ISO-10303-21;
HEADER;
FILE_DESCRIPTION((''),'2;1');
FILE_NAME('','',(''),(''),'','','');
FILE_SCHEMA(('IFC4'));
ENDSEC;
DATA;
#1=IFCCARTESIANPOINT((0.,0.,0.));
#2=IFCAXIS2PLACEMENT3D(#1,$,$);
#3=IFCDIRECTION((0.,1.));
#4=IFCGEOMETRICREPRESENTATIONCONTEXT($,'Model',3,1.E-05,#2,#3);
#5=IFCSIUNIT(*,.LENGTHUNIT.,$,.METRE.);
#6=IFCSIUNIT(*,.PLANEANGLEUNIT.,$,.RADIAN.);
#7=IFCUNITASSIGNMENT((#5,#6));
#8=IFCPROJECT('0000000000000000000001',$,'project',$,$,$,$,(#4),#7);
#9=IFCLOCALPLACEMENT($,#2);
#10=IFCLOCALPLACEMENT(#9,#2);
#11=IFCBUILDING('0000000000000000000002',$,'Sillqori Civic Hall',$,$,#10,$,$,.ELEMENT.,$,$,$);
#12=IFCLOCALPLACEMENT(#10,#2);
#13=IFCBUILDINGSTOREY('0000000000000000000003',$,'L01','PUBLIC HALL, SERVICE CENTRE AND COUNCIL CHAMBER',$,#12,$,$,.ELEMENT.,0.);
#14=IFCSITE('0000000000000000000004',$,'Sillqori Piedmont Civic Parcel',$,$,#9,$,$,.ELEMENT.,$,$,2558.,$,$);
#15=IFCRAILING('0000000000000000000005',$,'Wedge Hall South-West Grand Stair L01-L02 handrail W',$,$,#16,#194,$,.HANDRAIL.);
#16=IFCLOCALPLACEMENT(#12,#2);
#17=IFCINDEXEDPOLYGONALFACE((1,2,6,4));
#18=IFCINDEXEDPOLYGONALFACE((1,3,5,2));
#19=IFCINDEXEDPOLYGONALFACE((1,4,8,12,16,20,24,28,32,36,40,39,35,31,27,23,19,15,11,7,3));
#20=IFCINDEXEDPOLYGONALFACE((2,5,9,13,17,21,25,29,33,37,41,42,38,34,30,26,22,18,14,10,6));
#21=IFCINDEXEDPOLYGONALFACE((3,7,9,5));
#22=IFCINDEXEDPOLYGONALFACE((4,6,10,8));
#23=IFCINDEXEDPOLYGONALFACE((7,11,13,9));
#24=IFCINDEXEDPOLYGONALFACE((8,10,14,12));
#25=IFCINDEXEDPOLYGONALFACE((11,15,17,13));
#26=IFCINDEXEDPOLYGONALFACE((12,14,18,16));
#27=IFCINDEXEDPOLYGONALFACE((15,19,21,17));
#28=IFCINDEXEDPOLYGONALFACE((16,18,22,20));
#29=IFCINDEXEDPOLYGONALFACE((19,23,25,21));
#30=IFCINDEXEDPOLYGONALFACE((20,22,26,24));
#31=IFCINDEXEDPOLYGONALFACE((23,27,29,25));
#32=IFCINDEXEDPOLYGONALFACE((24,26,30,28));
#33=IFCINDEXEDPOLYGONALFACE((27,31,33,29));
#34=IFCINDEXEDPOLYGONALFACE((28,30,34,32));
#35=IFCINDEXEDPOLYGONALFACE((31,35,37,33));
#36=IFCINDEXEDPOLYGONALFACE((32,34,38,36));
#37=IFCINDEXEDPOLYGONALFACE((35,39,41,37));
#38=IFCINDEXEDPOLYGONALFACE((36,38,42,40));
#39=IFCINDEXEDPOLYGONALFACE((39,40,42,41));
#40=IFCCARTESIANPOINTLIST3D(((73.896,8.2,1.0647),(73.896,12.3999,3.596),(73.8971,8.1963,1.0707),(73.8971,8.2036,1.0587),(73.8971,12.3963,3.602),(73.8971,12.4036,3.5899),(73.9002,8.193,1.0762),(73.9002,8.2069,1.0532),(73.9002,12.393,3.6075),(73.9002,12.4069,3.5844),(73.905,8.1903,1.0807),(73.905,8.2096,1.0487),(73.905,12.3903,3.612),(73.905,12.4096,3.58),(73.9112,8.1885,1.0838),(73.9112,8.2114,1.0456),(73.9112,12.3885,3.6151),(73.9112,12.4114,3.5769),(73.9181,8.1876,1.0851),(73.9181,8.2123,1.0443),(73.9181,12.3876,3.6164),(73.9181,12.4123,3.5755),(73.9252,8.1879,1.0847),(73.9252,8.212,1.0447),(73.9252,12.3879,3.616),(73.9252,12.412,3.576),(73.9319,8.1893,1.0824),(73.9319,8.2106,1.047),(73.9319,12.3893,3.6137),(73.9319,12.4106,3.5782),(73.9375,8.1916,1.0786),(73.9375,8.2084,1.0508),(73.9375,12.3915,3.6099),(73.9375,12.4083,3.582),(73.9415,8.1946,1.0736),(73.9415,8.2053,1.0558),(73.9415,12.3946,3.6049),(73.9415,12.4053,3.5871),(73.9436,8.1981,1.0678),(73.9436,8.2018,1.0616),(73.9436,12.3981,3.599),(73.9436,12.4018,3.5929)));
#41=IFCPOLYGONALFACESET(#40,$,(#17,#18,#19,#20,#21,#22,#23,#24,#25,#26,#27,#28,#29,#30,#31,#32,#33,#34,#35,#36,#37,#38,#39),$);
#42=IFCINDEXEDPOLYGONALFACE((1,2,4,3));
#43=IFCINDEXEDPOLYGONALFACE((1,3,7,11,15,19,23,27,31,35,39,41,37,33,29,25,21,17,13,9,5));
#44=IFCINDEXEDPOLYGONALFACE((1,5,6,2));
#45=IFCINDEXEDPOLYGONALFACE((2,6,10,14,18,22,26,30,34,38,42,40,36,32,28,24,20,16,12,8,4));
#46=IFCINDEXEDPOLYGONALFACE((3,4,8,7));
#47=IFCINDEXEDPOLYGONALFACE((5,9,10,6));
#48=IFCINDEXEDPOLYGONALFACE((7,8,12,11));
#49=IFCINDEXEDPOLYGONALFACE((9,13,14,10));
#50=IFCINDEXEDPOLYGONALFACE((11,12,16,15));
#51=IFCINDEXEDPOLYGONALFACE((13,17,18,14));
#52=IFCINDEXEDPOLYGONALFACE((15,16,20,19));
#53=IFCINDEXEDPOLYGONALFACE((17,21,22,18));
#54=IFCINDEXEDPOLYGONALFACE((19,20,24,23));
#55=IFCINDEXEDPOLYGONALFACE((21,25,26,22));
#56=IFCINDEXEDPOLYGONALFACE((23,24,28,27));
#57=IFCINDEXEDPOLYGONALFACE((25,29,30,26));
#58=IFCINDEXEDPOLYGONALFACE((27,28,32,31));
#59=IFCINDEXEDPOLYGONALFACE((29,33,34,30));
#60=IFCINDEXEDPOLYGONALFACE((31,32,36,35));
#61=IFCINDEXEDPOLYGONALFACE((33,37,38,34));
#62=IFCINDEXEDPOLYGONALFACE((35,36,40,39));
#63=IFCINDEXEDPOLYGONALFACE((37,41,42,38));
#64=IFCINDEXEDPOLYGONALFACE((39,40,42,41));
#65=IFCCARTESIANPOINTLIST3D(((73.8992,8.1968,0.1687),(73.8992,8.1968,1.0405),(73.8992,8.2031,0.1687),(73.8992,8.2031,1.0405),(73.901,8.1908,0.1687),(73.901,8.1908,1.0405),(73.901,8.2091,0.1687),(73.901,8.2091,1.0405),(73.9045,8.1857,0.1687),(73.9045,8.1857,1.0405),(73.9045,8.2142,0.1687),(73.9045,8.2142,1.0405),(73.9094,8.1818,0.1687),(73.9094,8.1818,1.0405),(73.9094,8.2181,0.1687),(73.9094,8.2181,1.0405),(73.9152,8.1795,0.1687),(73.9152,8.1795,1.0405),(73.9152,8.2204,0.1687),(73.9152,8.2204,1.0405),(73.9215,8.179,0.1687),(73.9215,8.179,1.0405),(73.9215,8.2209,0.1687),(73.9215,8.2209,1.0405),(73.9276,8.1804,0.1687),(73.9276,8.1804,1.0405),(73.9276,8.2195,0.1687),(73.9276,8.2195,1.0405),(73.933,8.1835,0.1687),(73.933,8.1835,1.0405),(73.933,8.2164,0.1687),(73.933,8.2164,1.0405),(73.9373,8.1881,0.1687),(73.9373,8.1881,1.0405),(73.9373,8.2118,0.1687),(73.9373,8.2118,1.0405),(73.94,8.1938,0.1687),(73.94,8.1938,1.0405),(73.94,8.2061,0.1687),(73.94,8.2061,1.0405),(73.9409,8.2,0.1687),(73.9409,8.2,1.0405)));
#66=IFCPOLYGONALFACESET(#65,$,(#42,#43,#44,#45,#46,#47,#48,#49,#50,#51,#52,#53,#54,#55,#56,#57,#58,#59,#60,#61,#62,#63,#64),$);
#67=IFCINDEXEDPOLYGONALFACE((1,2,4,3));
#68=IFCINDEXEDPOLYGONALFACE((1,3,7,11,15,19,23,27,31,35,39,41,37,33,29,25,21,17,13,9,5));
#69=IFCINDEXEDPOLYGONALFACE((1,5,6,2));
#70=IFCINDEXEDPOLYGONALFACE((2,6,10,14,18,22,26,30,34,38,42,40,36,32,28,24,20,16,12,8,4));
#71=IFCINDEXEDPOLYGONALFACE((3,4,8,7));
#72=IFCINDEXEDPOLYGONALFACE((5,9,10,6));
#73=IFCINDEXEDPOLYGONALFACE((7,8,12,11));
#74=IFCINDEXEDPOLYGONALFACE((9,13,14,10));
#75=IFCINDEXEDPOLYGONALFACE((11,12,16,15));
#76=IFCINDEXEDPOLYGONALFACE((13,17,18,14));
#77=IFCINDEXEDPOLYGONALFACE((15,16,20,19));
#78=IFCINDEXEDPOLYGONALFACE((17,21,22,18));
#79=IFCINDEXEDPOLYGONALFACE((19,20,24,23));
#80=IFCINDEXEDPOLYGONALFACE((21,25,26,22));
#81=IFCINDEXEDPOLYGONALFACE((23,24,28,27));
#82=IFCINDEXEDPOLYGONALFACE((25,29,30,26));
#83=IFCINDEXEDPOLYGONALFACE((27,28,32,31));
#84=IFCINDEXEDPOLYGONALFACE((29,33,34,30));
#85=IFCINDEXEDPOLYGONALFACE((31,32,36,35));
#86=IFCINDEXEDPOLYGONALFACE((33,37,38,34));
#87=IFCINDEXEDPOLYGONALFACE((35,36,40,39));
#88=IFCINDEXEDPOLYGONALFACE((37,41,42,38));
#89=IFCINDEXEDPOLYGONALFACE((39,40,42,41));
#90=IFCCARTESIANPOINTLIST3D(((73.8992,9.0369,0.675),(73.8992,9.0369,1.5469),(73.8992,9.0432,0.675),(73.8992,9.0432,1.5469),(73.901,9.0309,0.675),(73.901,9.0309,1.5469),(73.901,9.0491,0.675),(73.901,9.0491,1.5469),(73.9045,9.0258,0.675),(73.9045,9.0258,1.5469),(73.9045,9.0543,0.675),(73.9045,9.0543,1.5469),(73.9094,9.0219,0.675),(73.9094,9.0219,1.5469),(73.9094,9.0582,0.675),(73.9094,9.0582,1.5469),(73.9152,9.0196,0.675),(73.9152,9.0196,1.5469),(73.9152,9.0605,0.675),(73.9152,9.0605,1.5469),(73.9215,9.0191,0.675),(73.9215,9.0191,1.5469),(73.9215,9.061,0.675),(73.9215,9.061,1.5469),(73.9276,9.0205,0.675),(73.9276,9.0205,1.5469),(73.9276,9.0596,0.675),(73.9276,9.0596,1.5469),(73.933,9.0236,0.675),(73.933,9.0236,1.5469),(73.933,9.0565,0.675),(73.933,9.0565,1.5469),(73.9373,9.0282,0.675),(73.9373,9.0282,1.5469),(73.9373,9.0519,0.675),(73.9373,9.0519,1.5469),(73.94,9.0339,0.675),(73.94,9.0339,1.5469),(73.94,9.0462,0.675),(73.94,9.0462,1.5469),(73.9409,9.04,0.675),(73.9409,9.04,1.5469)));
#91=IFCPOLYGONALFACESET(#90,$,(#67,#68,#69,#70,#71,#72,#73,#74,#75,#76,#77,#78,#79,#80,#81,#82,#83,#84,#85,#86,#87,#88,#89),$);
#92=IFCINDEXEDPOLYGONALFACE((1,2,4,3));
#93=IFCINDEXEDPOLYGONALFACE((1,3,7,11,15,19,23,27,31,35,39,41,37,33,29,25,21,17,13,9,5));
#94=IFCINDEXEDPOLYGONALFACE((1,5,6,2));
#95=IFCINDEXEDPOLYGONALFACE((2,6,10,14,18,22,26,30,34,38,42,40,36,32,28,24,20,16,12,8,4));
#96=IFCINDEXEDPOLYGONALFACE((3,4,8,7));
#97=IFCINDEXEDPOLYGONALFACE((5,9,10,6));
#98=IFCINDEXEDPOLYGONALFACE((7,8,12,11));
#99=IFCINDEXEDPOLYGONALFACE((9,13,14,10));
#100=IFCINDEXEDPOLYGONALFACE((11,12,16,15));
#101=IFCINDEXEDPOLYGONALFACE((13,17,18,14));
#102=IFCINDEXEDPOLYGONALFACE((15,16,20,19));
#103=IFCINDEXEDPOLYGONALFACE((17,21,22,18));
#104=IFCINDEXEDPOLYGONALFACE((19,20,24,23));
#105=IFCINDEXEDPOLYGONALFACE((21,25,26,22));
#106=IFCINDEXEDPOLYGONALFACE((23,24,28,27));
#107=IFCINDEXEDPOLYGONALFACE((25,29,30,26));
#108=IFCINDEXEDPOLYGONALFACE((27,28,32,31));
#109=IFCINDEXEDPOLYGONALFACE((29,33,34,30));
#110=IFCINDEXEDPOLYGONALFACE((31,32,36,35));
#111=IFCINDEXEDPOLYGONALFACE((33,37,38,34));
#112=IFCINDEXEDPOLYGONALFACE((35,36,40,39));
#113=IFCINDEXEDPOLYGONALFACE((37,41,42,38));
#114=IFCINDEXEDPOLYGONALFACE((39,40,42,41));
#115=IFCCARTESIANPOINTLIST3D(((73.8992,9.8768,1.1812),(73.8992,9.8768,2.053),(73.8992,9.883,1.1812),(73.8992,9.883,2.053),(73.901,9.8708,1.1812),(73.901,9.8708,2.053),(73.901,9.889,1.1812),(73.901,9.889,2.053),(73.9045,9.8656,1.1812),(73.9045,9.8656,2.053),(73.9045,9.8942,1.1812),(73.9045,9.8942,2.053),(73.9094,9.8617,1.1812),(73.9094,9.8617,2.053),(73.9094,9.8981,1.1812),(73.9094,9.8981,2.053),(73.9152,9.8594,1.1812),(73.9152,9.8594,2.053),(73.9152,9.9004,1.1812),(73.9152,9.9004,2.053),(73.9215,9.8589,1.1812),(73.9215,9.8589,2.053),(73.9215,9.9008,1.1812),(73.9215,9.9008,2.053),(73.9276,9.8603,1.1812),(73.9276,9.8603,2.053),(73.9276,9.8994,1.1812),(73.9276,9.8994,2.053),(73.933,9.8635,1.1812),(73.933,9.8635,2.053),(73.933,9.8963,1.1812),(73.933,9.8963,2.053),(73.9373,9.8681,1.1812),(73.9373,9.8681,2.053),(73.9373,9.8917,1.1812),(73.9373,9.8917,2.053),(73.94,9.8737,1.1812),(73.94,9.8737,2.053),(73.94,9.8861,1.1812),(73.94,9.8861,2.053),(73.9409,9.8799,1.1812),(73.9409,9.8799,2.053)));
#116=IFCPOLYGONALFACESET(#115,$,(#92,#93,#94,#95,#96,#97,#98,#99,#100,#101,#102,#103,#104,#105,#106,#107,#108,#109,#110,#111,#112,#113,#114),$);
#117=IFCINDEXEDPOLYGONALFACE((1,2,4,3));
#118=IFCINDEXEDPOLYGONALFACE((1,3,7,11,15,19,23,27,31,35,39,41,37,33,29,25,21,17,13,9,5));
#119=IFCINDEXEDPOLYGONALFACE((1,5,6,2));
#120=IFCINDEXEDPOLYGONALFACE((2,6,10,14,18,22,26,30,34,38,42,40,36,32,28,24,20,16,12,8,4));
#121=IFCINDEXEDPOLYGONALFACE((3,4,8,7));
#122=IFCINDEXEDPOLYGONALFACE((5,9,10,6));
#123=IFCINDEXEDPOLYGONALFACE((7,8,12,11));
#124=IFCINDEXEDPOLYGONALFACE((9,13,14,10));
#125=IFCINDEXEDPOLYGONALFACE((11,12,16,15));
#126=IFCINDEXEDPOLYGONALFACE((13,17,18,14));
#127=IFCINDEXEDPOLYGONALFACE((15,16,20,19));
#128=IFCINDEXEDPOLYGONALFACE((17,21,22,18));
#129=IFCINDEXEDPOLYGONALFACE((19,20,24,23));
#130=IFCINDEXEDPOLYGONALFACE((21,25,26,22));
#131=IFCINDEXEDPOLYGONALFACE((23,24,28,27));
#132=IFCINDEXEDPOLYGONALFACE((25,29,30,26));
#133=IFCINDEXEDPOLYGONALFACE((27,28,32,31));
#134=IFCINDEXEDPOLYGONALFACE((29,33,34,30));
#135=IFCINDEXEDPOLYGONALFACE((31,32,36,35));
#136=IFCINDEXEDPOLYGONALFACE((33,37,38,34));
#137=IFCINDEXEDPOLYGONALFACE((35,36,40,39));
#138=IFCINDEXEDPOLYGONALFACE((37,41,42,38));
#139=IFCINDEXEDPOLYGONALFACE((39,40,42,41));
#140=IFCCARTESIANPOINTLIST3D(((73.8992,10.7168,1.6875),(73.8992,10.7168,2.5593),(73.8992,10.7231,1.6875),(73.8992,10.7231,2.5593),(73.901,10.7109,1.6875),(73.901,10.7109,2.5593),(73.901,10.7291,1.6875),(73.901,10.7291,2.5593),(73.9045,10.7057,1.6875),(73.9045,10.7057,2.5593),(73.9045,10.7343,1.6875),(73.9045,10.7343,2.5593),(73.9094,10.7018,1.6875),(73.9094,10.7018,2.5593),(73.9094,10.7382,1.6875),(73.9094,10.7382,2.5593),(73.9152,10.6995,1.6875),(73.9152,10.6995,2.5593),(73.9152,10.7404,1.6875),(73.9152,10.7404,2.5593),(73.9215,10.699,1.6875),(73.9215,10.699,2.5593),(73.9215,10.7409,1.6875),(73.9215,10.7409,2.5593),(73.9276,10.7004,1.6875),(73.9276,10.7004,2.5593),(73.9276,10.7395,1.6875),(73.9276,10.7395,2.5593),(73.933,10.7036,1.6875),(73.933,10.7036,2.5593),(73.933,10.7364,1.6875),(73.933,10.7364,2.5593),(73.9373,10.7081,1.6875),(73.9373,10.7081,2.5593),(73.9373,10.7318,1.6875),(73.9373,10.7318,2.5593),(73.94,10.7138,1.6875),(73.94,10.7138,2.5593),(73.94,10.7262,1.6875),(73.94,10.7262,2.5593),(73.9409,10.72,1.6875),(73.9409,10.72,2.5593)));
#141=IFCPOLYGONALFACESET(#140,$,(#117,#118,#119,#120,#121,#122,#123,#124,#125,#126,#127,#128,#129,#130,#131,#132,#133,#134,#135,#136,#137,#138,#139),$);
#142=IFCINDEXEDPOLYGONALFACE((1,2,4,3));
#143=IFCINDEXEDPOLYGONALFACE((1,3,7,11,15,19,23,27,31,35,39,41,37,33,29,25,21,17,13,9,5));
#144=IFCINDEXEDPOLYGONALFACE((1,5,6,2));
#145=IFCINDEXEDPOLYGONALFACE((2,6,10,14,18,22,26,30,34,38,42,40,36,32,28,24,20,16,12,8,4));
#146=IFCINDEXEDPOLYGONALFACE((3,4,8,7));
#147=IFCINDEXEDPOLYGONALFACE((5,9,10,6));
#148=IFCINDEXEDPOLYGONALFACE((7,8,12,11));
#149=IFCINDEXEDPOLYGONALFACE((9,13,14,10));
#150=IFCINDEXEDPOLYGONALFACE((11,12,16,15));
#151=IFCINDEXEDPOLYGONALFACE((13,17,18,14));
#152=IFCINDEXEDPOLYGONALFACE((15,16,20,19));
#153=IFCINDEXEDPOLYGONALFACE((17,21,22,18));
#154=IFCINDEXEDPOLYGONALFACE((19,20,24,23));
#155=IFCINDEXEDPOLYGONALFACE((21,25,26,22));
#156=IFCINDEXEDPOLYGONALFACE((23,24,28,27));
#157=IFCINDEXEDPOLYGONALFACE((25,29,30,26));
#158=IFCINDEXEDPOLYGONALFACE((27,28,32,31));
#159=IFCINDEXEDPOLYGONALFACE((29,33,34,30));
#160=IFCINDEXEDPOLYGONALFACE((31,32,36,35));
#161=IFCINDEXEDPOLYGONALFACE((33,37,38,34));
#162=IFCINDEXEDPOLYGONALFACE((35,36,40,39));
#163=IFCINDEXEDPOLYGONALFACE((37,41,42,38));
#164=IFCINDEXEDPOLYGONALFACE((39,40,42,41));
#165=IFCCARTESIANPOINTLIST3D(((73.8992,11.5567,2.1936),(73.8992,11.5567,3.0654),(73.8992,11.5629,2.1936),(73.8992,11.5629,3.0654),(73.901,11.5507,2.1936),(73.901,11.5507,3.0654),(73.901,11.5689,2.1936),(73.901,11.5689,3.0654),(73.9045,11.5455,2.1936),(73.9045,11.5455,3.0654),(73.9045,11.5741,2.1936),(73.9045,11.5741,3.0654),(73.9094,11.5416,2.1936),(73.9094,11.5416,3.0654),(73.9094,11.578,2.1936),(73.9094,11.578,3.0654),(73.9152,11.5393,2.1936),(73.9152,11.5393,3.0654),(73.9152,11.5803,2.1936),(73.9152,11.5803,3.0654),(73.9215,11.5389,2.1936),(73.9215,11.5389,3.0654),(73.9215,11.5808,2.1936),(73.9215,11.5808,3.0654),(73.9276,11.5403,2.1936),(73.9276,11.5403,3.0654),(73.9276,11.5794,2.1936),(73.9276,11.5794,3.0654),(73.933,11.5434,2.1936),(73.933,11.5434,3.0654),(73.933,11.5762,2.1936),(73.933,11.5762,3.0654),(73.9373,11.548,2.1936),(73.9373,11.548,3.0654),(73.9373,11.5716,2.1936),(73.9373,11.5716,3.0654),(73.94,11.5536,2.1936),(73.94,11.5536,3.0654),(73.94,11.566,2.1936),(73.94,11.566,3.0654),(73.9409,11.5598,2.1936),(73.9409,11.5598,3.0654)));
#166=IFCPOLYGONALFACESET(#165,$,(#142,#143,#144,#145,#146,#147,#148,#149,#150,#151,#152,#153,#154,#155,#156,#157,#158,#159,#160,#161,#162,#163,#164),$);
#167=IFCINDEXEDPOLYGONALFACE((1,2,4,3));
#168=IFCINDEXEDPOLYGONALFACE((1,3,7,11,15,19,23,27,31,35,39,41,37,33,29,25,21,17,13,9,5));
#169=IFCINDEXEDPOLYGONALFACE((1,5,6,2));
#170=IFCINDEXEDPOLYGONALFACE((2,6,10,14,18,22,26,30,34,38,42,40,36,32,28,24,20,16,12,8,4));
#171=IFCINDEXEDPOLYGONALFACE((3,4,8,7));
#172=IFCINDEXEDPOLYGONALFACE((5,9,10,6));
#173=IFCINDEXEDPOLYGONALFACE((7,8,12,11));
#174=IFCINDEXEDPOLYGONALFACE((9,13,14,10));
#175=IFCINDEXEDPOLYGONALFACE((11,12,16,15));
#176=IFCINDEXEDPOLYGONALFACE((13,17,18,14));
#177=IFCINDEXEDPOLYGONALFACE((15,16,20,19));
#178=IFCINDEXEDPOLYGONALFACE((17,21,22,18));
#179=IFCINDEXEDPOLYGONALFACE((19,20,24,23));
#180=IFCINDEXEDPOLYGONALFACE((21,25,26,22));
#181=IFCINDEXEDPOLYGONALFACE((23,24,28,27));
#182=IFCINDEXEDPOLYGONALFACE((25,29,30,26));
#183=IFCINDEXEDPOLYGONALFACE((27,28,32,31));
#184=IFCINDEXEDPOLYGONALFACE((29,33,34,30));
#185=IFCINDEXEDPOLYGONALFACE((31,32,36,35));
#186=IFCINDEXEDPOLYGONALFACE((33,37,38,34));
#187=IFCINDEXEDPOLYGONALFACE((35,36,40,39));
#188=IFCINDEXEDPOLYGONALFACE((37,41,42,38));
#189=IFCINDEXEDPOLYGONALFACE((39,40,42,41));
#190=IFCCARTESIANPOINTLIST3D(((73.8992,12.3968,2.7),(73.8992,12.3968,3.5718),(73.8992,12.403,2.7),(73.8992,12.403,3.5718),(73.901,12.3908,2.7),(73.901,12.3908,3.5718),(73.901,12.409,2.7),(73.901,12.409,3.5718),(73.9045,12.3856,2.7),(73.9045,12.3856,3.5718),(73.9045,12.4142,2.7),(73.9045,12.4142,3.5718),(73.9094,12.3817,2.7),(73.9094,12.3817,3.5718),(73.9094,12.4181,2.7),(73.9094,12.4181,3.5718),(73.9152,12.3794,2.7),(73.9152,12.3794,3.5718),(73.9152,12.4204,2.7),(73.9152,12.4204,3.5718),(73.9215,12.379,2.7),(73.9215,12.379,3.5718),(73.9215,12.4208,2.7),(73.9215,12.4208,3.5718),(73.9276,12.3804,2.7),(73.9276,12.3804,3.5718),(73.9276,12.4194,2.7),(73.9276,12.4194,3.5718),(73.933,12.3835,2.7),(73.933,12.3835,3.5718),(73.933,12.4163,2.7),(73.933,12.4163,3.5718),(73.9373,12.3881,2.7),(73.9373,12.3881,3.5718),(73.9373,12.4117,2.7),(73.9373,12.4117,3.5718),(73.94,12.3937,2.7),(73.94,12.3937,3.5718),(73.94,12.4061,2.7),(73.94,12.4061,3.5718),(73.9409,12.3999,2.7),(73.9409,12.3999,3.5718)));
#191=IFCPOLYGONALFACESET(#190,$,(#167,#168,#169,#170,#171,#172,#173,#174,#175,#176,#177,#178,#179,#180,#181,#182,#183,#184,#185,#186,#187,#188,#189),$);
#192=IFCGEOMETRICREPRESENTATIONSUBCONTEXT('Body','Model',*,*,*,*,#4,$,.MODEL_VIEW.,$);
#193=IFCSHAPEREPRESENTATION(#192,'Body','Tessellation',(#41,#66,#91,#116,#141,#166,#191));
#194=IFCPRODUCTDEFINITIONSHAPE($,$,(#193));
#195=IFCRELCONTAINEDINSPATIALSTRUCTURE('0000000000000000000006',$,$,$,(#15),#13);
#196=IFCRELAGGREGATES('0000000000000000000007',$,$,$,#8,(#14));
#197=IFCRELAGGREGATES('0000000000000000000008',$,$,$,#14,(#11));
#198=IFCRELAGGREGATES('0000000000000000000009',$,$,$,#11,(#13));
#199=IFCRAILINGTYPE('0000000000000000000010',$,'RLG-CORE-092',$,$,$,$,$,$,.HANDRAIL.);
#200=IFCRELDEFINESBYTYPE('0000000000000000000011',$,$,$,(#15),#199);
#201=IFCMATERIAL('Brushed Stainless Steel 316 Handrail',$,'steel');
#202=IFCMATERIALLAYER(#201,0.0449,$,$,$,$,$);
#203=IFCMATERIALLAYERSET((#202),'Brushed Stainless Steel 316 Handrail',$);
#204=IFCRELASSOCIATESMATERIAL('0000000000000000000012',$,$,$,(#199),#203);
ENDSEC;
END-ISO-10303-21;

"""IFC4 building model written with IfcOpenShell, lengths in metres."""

from ifc_helpers import new_model, si_unit, direction, frame, origin, origin_2d, place, context, subcontext, project, spatial, circle, extrude, material, layer, layer_set, type_object, element, save


model = new_model("IFC4")

# Units and contexts
model_context = context("Model", 3, precision=1e-05, world=origin(), true_north=direction((0.0, 1.0)))
body_context = subcontext(model_context, "Body", "Model", "MODEL_VIEW")
ifc_project = project(units=[si_unit("LENGTHUNIT", "METRE"), si_unit("PLANEANGLEUNIT", "RADIAN")], contexts=[model_context])

# Site, building, storey
site_placement = place(None, origin())
site = spatial("IfcSite", under=ifc_project, at=site_placement, Name="Sillqori Piedmont Civic Parcel", CompositionType="ELEMENT", RefElevation=2558.0)
building_placement = place(site_placement, origin())
building = spatial("IfcBuilding", under=site, at=building_placement, Name="Sillqori Civic Hall", CompositionType="ELEMENT")
storey_placement = place(building_placement, origin())
storey = spatial("IfcBuildingStorey", under=building, at=storey_placement, Name="L01", Description="PUBLIC HALL, SERVICE CENTRE AND COUNCIL CHAMBER", CompositionType="ELEMENT", Elevation=0.0)

# Railing
ifc_material_1 = material(Name="Brushed Stainless Steel 316 Handrail", Category="steel")
ifc_layer_1 = layer(ifc_material_1, 0.0449)
ifc_layer_set_1 = layer_set([ifc_layer_1], Name="Brushed Stainless Steel 316 Handrail")
railing_type_1 = type_object("IfcRailingType", Name="RLG-CORE-092", PredefinedType="HANDRAIL", material=ifc_layer_set_1)
railing_1_placement = place(storey_placement, frame((73.9199, 8.2, 0.1687)))
element("IfcRailing", 1, at=railing_1_placement, inside=storey, type_object=railing_type_1, Name="Wedge Hall South-West Grand Stair L01-L02 handrail W", PredefinedType="HANDRAIL", context=body_context, shape_type="SweptSolid", body=[
    extrude(circle(Radius=0.0239, at=origin_2d()), frame((0.0, 0.0, 0.896), z_axis=(0.0, 0.856476, 0.516186), x_axis=(-1.0, 0.0, 0.0)), (0.0, 0.0, 1.0), 4.9038),
    extrude(circle(Radius=0.021, at=origin_2d()), origin(), (0.0, 0.0, 1.0), 0.8718),
    extrude(circle(Radius=0.021, at=origin_2d()), frame((0.0, 0.8401, 0.5063)), (0.0, 0.0, 1.0), 0.8718),
    extrude(circle(Radius=0.021, at=origin_2d()), frame((0.0, 1.6799, 1.0125)), (0.0, 0.0, 1.0), 0.8718),
    extrude(circle(Radius=0.021, at=origin_2d()), frame((0.0, 2.52, 1.5188)), (0.0, 0.0, 1.0), 0.8718),
    extrude(circle(Radius=0.021, at=origin_2d()), frame((0.0, 3.3599, 2.0249)), (0.0, 0.0, 1.0), 0.8718),
    extrude(circle(Radius=0.021, at=origin_2d()), frame((0.0, 4.2, 2.5312)), (0.0, 0.0, 1.0), 0.8718),
])

save(model, "model.ifc")
